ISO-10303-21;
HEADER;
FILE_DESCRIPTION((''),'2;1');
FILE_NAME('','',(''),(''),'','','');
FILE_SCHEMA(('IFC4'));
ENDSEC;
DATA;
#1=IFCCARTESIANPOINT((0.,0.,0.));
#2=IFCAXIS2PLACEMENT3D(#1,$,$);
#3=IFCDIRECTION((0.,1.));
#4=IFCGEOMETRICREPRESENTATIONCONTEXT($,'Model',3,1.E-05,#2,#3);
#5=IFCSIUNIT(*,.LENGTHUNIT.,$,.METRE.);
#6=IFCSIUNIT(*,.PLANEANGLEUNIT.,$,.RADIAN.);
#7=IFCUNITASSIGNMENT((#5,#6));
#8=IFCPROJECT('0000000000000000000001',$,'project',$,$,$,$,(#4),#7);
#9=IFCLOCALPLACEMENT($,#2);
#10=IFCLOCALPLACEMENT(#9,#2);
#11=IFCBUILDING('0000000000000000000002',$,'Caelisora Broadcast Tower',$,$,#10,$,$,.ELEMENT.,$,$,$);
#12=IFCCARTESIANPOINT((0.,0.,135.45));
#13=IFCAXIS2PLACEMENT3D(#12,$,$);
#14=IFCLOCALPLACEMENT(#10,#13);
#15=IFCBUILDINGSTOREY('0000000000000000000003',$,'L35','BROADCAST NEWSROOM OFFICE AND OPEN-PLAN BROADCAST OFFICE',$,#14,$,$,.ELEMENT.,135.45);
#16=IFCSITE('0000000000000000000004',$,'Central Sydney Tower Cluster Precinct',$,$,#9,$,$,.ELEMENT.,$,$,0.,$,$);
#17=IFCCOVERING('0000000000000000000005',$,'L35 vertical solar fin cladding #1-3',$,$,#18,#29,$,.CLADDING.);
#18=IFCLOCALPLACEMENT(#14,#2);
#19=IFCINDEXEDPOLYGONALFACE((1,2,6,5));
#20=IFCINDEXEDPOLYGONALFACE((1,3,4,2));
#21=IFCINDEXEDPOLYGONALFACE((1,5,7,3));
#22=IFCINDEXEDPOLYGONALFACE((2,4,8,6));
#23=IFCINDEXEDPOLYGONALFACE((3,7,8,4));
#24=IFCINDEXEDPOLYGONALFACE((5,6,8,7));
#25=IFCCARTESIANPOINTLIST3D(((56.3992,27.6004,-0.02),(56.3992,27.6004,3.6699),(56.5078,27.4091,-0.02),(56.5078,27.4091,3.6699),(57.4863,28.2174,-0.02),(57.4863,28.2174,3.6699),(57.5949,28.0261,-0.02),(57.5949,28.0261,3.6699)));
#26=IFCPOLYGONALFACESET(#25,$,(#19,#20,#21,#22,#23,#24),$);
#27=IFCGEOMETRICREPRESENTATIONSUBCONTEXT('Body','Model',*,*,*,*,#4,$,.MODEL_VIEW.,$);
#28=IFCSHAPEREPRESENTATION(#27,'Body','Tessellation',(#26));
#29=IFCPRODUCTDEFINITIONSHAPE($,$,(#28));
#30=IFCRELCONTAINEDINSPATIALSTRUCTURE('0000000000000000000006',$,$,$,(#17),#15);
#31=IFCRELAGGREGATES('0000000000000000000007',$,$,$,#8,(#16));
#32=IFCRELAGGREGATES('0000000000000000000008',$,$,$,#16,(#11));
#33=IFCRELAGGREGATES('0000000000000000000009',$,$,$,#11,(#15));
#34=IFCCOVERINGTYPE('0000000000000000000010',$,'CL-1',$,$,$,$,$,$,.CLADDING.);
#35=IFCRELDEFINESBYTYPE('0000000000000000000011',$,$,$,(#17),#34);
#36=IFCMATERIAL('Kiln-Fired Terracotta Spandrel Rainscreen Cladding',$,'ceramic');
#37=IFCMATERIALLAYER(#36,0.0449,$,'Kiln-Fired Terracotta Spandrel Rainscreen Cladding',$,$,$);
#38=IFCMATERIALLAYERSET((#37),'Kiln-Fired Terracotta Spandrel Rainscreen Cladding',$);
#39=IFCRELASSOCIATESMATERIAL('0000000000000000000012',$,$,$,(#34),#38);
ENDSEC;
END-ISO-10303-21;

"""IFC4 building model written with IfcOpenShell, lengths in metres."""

from ifc_helpers import new_model, si_unit, direction, frame, origin, origin_2d, place, context, subcontext, project, spatial, rectangle, extrude, source, transform, mapped, material, layer, layer_set, type_object, type_shapes, element, save


model = new_model("IFC4")

# Units and contexts
model_context = context("Model", 3, precision=1e-05, world=origin(), true_north=direction((0.0, 1.0)))
body_context = subcontext(model_context, "Body", "Model", "MODEL_VIEW")
ifc_project = project(units=[si_unit("LENGTHUNIT", "METRE"), si_unit("PLANEANGLEUNIT", "RADIAN")], contexts=[model_context])

# Site, building, storey
site_placement = place(None, origin())
site = spatial("IfcSite", under=ifc_project, at=site_placement, Name="Central Sydney Tower Cluster Precinct", CompositionType="ELEMENT", RefElevation=0.0)
building_placement = place(site_placement, origin())
building = spatial("IfcBuilding", under=site, at=building_placement, Name="Caelisora Broadcast Tower", CompositionType="ELEMENT")
storey_placement = place(building_placement, frame((0.0, 0.0, 135.45)))
storey = spatial("IfcBuildingStorey", under=building, at=storey_placement, Name="L35", Description="BROADCAST NEWSROOM OFFICE AND OPEN-PLAN BROADCAST OFFICE", CompositionType="ELEMENT", Elevation=135.45)

# Covering
ifc_material_1 = material(Name="Kiln-Fired Terracotta Spandrel Rainscreen Cladding", Category="ceramic")
ifc_layer_1 = layer(ifc_material_1, 0.0449, Name="Kiln-Fired Terracotta Spandrel Rainscreen Cladding")
ifc_layer_set_1 = layer_set([ifc_layer_1], Name="Kiln-Fired Terracotta Spandrel Rainscreen Cladding")
covering_type = type_object("IfcCoveringType", Name="CL-1", PredefinedType="CLADDING", material=ifc_layer_set_1)
shared_shape_1 = source(origin(), body_context, "Body", "SweptSolid", [
    extrude(rectangle(XDim=0.22, YDim=1.25, at=origin_2d()), origin(), (0.0, 0.0, 1.0), 3.6899),
])
type_shapes(covering_type, [shared_shape_1])
covering_placement = place(storey_placement, frame((56.9971, 27.8132, -0.02), z_axis=(0.0, 0.0, 1.0), x_axis=(0.493638, -0.869667, 0.0)))
element("IfcCovering", 1, at=covering_placement, inside=storey, type_object=covering_type, Name="L35 vertical solar fin cladding #1-3", PredefinedType="CLADDING", context=body_context, shape_type="MappedRepresentation", body=[
    mapped(shared_shape_1, transform((0.0, 0.0, 0.0), scale=1.0)),
])

save(model, "model.ifc")
